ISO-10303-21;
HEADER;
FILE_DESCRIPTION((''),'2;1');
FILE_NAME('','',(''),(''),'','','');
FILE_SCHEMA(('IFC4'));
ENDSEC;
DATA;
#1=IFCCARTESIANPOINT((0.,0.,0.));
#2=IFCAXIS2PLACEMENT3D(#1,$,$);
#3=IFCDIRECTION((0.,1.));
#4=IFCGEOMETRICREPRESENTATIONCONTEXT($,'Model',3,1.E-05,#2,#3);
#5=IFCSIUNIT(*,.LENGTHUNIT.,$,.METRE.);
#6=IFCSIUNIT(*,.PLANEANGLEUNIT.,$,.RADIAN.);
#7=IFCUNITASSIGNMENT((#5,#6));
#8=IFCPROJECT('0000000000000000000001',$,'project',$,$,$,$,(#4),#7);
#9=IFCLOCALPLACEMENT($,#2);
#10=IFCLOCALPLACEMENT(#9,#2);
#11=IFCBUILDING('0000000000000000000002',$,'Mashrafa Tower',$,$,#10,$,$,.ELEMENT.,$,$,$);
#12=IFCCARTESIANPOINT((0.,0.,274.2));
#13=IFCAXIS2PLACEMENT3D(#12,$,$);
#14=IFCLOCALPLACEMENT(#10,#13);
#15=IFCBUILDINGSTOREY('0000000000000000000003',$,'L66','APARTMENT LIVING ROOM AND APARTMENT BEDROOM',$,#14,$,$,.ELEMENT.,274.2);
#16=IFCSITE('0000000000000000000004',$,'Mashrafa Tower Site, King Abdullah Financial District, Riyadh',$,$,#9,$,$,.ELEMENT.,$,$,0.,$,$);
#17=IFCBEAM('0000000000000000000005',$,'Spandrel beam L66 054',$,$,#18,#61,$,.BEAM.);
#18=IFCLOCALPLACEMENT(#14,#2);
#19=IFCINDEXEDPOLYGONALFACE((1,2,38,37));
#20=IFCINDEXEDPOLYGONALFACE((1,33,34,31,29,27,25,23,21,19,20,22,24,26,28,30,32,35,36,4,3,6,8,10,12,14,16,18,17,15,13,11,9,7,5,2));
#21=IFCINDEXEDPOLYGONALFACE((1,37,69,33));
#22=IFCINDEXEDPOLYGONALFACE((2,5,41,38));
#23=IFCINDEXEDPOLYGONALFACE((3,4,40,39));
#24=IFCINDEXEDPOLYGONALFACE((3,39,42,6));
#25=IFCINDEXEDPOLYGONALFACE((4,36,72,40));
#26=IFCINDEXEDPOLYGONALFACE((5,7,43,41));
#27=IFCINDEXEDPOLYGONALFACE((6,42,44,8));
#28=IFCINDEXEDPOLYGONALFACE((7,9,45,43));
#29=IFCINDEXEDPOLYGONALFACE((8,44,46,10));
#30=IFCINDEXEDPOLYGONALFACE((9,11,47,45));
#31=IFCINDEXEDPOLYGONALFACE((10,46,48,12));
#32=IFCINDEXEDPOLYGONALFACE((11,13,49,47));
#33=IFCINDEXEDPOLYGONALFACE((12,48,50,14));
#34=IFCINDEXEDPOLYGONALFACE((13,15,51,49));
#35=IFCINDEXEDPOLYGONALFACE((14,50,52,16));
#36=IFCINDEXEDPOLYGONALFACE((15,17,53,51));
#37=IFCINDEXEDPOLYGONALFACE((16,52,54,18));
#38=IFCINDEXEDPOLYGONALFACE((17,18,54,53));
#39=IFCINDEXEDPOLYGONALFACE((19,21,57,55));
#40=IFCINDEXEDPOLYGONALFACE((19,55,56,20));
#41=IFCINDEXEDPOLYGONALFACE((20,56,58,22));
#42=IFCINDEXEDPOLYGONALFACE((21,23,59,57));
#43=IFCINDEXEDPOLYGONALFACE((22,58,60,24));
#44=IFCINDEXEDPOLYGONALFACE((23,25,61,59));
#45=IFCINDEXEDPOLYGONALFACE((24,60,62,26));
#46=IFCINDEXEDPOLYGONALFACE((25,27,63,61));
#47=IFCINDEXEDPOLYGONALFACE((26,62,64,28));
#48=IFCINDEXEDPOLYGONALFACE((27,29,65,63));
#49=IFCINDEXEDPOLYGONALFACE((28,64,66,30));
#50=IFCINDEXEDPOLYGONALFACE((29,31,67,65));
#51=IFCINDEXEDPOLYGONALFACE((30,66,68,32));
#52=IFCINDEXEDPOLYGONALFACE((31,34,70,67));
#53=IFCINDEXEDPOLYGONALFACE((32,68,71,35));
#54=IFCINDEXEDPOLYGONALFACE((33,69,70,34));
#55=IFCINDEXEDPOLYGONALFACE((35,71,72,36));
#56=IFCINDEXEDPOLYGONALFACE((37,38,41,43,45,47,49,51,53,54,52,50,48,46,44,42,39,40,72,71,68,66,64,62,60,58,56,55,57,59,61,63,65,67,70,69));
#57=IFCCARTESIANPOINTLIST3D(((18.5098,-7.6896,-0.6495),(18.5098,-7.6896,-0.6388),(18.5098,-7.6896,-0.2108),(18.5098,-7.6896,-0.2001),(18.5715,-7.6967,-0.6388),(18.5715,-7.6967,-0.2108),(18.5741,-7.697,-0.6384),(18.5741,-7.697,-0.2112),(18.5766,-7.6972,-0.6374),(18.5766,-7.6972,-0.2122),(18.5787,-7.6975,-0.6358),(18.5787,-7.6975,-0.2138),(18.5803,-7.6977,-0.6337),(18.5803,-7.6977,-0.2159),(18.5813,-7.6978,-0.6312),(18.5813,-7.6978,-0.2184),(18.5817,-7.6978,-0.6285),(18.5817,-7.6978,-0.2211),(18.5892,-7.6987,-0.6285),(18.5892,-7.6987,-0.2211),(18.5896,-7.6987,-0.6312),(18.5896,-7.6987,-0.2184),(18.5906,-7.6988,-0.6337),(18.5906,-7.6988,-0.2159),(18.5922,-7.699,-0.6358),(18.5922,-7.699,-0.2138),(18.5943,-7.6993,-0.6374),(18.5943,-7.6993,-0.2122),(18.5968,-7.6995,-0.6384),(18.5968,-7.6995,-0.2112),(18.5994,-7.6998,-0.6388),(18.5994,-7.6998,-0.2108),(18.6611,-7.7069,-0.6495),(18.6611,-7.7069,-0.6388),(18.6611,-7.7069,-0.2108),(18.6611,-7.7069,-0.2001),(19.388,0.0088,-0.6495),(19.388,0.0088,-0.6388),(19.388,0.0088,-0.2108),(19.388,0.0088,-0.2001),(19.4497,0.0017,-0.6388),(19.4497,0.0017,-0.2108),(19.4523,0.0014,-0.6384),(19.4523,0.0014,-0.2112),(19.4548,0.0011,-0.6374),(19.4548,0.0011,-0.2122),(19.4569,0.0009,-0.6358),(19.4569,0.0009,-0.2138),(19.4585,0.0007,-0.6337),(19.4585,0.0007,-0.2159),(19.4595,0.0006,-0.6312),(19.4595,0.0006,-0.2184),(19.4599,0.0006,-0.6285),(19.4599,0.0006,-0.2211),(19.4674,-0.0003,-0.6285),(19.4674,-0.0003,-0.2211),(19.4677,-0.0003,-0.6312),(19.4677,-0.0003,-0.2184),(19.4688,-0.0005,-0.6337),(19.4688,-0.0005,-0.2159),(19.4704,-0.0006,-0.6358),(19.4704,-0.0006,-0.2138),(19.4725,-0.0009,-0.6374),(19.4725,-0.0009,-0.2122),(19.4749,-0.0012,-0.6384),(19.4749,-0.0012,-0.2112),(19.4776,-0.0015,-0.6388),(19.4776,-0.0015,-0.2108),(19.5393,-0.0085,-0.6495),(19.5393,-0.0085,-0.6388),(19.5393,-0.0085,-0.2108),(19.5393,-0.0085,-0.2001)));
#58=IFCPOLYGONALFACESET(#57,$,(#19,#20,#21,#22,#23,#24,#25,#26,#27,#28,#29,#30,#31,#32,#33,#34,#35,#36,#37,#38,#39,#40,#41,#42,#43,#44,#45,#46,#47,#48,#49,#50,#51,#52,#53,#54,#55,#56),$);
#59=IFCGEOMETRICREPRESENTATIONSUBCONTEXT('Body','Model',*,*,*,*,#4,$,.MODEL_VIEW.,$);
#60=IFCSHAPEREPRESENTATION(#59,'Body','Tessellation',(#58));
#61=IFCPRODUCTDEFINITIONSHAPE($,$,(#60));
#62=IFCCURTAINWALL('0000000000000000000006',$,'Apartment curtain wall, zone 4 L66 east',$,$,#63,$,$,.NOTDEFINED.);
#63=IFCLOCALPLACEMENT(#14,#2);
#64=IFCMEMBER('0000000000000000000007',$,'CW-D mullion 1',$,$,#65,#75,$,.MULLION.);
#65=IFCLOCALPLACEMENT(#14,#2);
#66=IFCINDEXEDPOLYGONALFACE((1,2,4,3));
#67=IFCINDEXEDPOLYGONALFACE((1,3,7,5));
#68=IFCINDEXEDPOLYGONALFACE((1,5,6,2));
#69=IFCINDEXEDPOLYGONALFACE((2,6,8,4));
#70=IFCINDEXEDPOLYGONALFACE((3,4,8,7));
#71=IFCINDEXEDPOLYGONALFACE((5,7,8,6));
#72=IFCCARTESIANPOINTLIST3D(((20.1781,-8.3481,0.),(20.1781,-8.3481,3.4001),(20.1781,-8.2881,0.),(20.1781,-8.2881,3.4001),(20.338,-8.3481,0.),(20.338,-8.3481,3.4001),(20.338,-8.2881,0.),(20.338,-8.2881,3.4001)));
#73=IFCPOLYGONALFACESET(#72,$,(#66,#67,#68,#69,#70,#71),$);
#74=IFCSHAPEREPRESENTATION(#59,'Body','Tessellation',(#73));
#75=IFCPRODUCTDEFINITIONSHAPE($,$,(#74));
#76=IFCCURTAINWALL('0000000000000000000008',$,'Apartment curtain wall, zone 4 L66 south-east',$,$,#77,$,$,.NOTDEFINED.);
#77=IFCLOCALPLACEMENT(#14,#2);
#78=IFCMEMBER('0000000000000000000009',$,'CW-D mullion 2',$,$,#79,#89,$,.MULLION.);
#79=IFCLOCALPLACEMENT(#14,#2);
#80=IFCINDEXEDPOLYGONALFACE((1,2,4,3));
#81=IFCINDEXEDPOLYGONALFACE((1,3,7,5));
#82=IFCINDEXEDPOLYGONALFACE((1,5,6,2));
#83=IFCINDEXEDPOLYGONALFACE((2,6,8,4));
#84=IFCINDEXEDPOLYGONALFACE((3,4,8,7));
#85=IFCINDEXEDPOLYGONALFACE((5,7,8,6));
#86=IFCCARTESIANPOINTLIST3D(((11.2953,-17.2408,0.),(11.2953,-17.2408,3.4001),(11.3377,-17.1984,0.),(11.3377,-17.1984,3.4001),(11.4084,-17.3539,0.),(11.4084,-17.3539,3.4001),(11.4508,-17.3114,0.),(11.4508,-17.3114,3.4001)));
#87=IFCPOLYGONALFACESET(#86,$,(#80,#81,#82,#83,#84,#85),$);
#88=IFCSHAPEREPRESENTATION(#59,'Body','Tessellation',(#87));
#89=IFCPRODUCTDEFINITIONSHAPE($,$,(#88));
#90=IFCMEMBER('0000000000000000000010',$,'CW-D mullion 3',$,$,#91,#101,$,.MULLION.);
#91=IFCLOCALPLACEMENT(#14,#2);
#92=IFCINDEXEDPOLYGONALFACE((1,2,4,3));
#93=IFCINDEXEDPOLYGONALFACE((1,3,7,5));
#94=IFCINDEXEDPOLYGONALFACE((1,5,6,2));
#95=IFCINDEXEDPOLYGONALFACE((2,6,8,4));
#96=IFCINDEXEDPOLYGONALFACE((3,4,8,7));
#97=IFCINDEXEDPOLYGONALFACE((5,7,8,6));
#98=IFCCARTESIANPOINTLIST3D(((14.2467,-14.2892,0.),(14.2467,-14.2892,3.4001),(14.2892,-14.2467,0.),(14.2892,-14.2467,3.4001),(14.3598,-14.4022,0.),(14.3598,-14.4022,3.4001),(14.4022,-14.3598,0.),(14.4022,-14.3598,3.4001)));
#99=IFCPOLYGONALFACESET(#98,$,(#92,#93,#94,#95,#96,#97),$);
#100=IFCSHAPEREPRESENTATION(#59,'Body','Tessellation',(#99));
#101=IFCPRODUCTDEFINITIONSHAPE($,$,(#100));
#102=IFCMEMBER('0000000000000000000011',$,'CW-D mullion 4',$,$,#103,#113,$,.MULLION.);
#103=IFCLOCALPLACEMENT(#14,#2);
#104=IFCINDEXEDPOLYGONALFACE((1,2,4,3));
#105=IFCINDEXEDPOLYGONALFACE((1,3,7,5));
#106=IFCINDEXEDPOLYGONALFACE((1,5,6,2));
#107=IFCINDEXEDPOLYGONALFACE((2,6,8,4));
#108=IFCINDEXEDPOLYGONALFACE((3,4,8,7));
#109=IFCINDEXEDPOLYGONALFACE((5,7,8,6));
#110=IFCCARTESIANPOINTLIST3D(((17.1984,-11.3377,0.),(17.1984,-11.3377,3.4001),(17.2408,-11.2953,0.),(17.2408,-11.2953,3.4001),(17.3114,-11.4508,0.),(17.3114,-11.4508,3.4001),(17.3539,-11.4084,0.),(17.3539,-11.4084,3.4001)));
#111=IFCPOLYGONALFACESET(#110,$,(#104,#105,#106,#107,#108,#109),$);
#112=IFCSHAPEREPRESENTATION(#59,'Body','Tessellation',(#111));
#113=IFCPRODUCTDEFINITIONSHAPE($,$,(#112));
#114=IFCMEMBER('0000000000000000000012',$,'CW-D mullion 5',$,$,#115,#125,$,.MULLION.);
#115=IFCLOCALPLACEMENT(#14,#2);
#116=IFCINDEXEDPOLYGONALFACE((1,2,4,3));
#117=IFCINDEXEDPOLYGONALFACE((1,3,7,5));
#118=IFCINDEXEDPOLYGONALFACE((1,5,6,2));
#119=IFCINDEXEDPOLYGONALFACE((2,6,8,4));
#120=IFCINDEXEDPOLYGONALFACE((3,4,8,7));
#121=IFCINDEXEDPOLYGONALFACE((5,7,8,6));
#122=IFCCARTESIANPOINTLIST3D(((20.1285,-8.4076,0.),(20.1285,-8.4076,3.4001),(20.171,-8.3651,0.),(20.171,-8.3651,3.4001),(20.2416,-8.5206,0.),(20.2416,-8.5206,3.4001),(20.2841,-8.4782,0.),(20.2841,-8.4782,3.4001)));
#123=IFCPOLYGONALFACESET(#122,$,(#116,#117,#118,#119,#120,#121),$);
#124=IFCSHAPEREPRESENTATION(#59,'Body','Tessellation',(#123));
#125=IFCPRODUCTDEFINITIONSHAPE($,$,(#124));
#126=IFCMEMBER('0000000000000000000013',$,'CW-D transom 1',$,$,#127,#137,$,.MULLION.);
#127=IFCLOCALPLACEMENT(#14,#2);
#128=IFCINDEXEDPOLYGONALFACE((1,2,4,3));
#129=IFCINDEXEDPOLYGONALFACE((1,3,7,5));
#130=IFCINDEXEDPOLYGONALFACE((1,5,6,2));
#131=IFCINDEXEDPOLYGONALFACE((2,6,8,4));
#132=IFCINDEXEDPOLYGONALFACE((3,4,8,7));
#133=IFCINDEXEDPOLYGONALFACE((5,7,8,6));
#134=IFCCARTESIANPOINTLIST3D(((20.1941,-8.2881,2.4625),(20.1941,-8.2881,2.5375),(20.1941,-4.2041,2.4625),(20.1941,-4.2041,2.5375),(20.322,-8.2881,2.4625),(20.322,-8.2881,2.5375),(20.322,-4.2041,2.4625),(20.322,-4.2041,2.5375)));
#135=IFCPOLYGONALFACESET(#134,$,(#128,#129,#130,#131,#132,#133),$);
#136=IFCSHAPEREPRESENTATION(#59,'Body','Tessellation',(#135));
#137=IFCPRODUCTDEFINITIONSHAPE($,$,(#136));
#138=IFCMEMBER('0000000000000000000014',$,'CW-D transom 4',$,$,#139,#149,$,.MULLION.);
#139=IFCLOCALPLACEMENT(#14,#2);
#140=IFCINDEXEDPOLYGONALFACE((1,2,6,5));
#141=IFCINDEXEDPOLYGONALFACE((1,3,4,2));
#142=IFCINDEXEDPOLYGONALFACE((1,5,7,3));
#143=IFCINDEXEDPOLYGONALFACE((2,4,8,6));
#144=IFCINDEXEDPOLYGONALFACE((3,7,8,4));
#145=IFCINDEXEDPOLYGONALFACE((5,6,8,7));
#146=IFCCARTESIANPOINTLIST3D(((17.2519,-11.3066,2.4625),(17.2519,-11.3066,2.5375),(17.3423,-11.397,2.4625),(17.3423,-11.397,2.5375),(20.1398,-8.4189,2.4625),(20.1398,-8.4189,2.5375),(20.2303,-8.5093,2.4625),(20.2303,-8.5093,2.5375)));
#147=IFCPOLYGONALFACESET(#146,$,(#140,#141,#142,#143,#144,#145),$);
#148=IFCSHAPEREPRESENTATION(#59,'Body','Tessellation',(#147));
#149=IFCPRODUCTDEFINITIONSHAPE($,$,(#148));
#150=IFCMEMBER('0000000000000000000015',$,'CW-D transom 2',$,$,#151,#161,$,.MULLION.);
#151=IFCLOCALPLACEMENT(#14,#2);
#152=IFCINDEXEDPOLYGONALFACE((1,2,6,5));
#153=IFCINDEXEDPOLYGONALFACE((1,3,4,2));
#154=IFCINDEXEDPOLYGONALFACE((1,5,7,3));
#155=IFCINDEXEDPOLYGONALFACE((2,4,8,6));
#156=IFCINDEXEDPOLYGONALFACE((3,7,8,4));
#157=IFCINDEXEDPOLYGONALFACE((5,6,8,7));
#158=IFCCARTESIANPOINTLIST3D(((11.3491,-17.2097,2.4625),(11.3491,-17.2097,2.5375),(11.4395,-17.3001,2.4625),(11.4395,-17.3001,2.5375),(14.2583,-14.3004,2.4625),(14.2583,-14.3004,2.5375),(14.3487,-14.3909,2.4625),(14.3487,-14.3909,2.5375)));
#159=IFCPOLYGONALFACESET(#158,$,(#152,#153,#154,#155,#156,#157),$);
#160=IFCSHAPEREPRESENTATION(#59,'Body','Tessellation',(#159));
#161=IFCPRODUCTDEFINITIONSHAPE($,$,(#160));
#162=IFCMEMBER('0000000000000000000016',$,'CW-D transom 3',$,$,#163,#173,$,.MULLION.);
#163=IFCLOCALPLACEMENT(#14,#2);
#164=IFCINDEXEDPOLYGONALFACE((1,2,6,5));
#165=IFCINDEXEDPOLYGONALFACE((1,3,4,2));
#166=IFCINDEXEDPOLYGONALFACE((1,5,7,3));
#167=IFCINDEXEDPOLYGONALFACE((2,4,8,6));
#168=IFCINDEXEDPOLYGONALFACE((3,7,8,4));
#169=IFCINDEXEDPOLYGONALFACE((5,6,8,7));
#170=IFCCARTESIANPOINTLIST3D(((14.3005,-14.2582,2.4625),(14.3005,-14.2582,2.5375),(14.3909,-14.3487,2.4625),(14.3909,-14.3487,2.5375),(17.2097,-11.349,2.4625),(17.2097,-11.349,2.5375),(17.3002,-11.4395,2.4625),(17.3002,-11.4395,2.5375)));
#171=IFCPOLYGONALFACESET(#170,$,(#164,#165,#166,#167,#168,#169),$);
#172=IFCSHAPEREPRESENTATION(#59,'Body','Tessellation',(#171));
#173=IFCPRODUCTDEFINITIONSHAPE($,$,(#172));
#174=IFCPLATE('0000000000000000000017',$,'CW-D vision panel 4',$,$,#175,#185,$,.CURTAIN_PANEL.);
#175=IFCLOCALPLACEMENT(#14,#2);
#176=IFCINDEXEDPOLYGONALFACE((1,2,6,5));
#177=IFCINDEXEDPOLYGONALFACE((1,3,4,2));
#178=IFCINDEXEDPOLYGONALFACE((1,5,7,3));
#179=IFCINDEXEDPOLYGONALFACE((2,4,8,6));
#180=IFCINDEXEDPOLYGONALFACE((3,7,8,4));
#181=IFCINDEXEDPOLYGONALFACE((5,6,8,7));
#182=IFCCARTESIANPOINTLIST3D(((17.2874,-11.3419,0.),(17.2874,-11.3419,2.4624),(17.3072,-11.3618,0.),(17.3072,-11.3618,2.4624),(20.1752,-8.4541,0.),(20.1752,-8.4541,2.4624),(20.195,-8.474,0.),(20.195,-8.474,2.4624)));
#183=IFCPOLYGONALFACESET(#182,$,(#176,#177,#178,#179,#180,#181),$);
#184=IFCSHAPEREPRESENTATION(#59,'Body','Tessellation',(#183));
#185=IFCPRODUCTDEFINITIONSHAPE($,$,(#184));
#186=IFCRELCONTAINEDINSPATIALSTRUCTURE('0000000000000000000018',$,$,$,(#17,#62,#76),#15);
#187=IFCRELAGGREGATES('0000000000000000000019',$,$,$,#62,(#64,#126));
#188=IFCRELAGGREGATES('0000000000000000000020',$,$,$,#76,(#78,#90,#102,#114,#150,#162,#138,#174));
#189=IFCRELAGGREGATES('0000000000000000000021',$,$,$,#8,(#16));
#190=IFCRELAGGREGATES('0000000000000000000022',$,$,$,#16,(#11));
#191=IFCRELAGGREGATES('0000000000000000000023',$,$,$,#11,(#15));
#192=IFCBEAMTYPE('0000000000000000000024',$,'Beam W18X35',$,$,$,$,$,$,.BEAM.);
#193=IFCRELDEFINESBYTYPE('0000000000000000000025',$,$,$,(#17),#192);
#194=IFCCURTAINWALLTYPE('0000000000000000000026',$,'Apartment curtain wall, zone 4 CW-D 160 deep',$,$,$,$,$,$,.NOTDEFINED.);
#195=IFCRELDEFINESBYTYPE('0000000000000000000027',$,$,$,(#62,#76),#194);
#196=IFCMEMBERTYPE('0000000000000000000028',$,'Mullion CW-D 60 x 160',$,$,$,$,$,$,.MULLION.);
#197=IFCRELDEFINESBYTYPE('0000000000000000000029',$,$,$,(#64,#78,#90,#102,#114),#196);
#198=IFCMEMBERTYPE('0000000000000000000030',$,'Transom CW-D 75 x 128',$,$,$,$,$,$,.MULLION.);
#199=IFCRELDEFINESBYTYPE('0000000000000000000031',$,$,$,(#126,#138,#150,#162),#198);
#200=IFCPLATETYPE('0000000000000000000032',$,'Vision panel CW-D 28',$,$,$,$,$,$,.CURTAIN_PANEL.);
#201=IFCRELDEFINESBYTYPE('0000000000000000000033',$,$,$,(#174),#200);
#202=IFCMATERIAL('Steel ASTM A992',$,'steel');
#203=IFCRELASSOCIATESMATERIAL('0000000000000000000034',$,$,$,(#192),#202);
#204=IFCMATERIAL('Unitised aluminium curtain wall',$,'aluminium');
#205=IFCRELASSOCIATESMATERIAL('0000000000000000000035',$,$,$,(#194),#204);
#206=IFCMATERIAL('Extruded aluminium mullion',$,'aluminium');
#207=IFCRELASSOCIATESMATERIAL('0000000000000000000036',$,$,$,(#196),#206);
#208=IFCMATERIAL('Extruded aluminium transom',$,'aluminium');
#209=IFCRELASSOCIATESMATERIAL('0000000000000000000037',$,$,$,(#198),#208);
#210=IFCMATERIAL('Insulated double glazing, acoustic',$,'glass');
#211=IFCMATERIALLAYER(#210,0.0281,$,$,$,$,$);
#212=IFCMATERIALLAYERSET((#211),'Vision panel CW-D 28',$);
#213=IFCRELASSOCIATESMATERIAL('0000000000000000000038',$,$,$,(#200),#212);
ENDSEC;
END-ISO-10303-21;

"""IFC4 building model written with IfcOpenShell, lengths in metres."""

from ifc_helpers import new_model, si_unit, direction, frame, origin, origin_2d, place, context, subcontext, project, spatial, rectangle, i_section, extrude, source, transform, mapped, material, layer, layer_set, material_profile, profile_set, type_object, type_shapes, element, aggregate, save


model = new_model("IFC4")

# Units and contexts
model_context = context("Model", 3, precision=1e-05, world=origin(), true_north=direction((0.0, 1.0)))
body_context = subcontext(model_context, "Body", "Model", "MODEL_VIEW")
ifc_project = project(units=[si_unit("LENGTHUNIT", "METRE"), si_unit("PLANEANGLEUNIT", "RADIAN")], contexts=[model_context])

# Site, building, storey
site_placement = place(None, origin())
site = spatial("IfcSite", under=ifc_project, at=site_placement, Name="Mashrafa Tower Site, King Abdullah Financial District, Riyadh", CompositionType="ELEMENT", RefElevation=0.0)
building_placement = place(site_placement, origin())
building = spatial("IfcBuilding", under=site, at=building_placement, Name="Mashrafa Tower", CompositionType="ELEMENT")
storey_placement = place(building_placement, frame((0.0, 0.0, 274.2)))
storey = spatial("IfcBuildingStorey", under=building, at=storey_placement, Name="L66", Description="APARTMENT LIVING ROOM AND APARTMENT BEDROOM", CompositionType="ELEMENT", Elevation=274.2)

# Beam
ifc_material_1 = material(Name="Steel ASTM A992", Category="steel")
ifc_material_profile_1 = material_profile(ifc_material_1, i_section(OverallWidth=0.1523, OverallDepth=0.4495, WebThickness=0.0076, FlangeThickness=0.0107, FilletRadius=0.0103, at=origin_2d()), Name="W18X35")
ifc_profile_set_1 = profile_set([ifc_material_profile_1], Name="Steel ASTM A992")
beam_type_1 = type_object("IfcBeamType", Name="Beam W18X35", PredefinedType="BEAM", material=ifc_profile_set_1)
for number, where, z_axis, x_axis, name in (
    (1, (18.5854, -7.6982, -0.4248), (0.11334, 0.993556, 0.0), (-0.993556, 0.11334, 0.0), "Spandrel beam L66 054"),
):
    element("IfcBeam", number, at=place(storey_placement, frame(where, z_axis=z_axis, x_axis=x_axis)), inside=storey, type_object=beam_type_1, Name=name, PredefinedType="BEAM", context=body_context, shape_type="SweptSolid", body=[
        extrude(i_section(OverallWidth=0.1523, OverallDepth=0.4495, WebThickness=0.0076, FlangeThickness=0.0107, FilletRadius=0.0103, at=origin_2d()), origin(), (0.0, 0.0, 1.0), 7.7483),
    ])

# Curtain wall, member
ifc_material_2 = material(Name="Unitised aluminium curtain wall", Category="aluminium")
curtain_wall_type = type_object("IfcCurtainWallType", Name="Apartment curtain wall, zone 4 CW-D 160 deep", PredefinedType="NOTDEFINED", material=ifc_material_2)
curtain_wall_1_placement = place(storey_placement, origin())
curtain_wall_1 = element("IfcCurtainWall", 2, at=curtain_wall_1_placement, inside=storey, type_object=curtain_wall_type, Name="Apartment curtain wall, zone 4 L66 east", PredefinedType="NOTDEFINED")
ifc_material_3 = material(Name="Extruded aluminium mullion", Category="aluminium")
ifc_material_profile_2 = material_profile(ifc_material_3, rectangle(XDim=0.1599, YDim=0.0601, at=origin_2d()), Name="Mullion 60x160")
ifc_profile_set_2 = profile_set([ifc_material_profile_2], Name="Extruded aluminium mullion")
member_type_1 = type_object("IfcMemberType", Name="Mullion CW-D 60 x 160", PredefinedType="MULLION", material=ifc_profile_set_2)
shared_shape_1 = source(origin(), body_context, "Body", "SweptSolid", [
    extrude(rectangle(XDim=0.1599, YDim=0.0601, at=origin_2d()), origin(), (0.0, 0.0, 1.0), 3.4001),
])
type_shapes(member_type_1, [shared_shape_1])
member_1_placement = place(storey_placement, frame((20.2581, -8.3181, 0.0), z_axis=(0.0, 0.0, 1.0), x_axis=(-1.0, 0.0, 0.0)))
member_1 = element("IfcMember", 3, at=member_1_placement, type_object=member_type_1, Name="CW-D mullion 1", PredefinedType="MULLION", context=body_context, shape_type="MappedRepresentation", body=[
    mapped(shared_shape_1, transform((0.0, 0.0, 0.0))),
])

# Curtain wall, members
curtain_wall_2_placement = place(storey_placement, origin())
curtain_wall_2 = element("IfcCurtainWall", 4, at=curtain_wall_2_placement, inside=storey, type_object=curtain_wall_type, Name="Apartment curtain wall, zone 4 L66 south-east", PredefinedType="NOTDEFINED")
member_2_placement = place(storey_placement, frame((11.373, -17.2761, 0.0), z_axis=(0.0, 0.0, 1.0), x_axis=(-0.707107, 0.707107, 0.0)))
member_2 = element("IfcMember", 5, at=member_2_placement, type_object=member_type_1, Name="CW-D mullion 2", PredefinedType="MULLION", context=body_context, shape_type="MappedRepresentation", body=[
    mapped(shared_shape_1, transform((0.0, 0.0, 0.0))),
])
member_3_placement = place(storey_placement, frame((14.3245, -14.3245, 0.0), z_axis=(0.0, 0.0, 1.0), x_axis=(-0.707107, 0.707107, 0.0)))
member_3 = element("IfcMember", 6, at=member_3_placement, type_object=member_type_1, Name="CW-D mullion 3", PredefinedType="MULLION", context=body_context, shape_type="MappedRepresentation", body=[
    mapped(shared_shape_1, transform((0.0, 0.0, 0.0))),
])
member_4_placement = place(storey_placement, frame((17.2761, -11.373, 0.0), z_axis=(0.0, 0.0, 1.0), x_axis=(-0.707107, 0.707107, 0.0)))
member_4 = element("IfcMember", 7, at=member_4_placement, type_object=member_type_1, Name="CW-D mullion 4", PredefinedType="MULLION", context=body_context, shape_type="MappedRepresentation", body=[
    mapped(shared_shape_1, transform((0.0, 0.0, 0.0))),
])
member_5_placement = place(storey_placement, frame((20.2063, -8.4429, 0.0), z_axis=(0.0, 0.0, 1.0), x_axis=(-0.707107, 0.707107, 0.0)))
member_5 = element("IfcMember", 8, at=member_5_placement, type_object=member_type_1, Name="CW-D mullion 5", PredefinedType="MULLION", context=body_context, shape_type="MappedRepresentation", body=[
    mapped(shared_shape_1, transform((0.0, 0.0, 0.0))),
])

# Members
ifc_material_4 = material(Name="Extruded aluminium transom", Category="aluminium")
ifc_material_profile_3 = material_profile(ifc_material_4, rectangle(XDim=0.1279, YDim=0.075, at=origin_2d()), Name="Transom 75x128")
ifc_profile_set_3 = profile_set([ifc_material_profile_3], Name="Extruded aluminium transom")
member_type_2 = type_object("IfcMemberType", Name="Transom CW-D 75 x 128", PredefinedType="MULLION", material=ifc_profile_set_3)
shared_shape_2 = source(origin(), body_context, "Body", "SweptSolid", [
    extrude(rectangle(XDim=0.1279, YDim=0.075, at=origin_2d()), origin(), (0.0, 0.0, 1.0), 4.084),
])
member_6_placement = place(storey_placement, frame((20.2581, -8.2881, 2.5), z_axis=(0.0, 1.0, 0.0), x_axis=(-1.0, 0.0, 0.0)))
member_6 = element("IfcMember", 9, at=member_6_placement, type_object=member_type_2, Name="CW-D transom 1", PredefinedType="MULLION", context=body_context, shape_type="MappedRepresentation", body=[
    mapped(shared_shape_2, transform((0.0, 0.0, 0.0))),
])
aggregate(curtain_wall_1, [member_1, member_6])
member_7_placement = place(storey_placement, frame((17.2971, -11.3518, 2.5), z_axis=(0.707137, 0.707077, 0.0), x_axis=(-0.707077, 0.707137, 0.0)))
member_7 = element("IfcMember", 10, at=member_7_placement, type_object=member_type_2, Name="CW-D transom 4", PredefinedType="MULLION", context=body_context, shape_type="MappedRepresentation", body=[
    mapped(shared_shape_2, transform((0.0, 0.0, 0.0))),
])
shared_shape_3 = source(origin(), body_context, "Body", "SweptSolid", [
    extrude(rectangle(XDim=0.1279, YDim=0.075, at=origin_2d()), origin(), (0.0, 0.0, 1.0), 4.1143),
])
type_shapes(member_type_2, [shared_shape_2, shared_shape_3])
member_8_placement = place(storey_placement, frame((11.3943, -17.2549, 2.5), z_axis=(0.707107, 0.707107, 0.0), x_axis=(-0.707107, 0.707107, 0.0)))
member_8 = element("IfcMember", 11, at=member_8_placement, type_object=member_type_2, Name="CW-D transom 2", PredefinedType="MULLION", context=body_context, shape_type="MappedRepresentation", body=[
    mapped(shared_shape_3, transform((0.0, 0.0, 0.0))),
])
member_9_placement = place(storey_placement, frame((14.3457, -14.3035, 2.5), z_axis=(0.707107, 0.707107, 0.0), x_axis=(-0.707107, 0.707107, 0.0)))
member_9 = element("IfcMember", 12, at=member_9_placement, type_object=member_type_2, Name="CW-D transom 3", PredefinedType="MULLION", context=body_context, shape_type="MappedRepresentation", body=[
    mapped(shared_shape_3, transform((0.0, 0.0, 0.0))),
])

# Plate
ifc_material_5 = material(Name="Insulated double glazing, acoustic", Category="glass")
ifc_layer_1 = layer(ifc_material_5, 0.0281)
ifc_layer_set_1 = layer_set([ifc_layer_1], Name="Vision panel CW-D 28")
plate_type_1 = type_object("IfcPlateType", Name="Vision panel CW-D 28", PredefinedType="CURTAIN_PANEL", material=ifc_layer_set_1)
shared_shape_4 = source(origin(), body_context, "Body", "SweptSolid", [
    extrude(rectangle(XDim=4.084, YDim=0.0281, at=origin_2d()), origin(), (0.0, 0.0, 1.0), 2.4624),
])
plate_1_placement = place(storey_placement, frame((18.7412, -9.908, 0.0), z_axis=(0.0, 0.0, 1.0), x_axis=(0.707107, 0.707107, 0.0)))
plate_1 = element("IfcPlate", 13, at=plate_1_placement, type_object=plate_type_1, Name="CW-D vision panel 4", PredefinedType="CURTAIN_PANEL", context=body_context, shape_type="MappedRepresentation", body=[
    mapped(shared_shape_4, transform((0.0, 0.0, 0.0))),
])
aggregate(curtain_wall_2, [member_2, member_3, member_4, member_5, member_8, member_9, member_7, plate_1])

save(model, "model.ifc")
